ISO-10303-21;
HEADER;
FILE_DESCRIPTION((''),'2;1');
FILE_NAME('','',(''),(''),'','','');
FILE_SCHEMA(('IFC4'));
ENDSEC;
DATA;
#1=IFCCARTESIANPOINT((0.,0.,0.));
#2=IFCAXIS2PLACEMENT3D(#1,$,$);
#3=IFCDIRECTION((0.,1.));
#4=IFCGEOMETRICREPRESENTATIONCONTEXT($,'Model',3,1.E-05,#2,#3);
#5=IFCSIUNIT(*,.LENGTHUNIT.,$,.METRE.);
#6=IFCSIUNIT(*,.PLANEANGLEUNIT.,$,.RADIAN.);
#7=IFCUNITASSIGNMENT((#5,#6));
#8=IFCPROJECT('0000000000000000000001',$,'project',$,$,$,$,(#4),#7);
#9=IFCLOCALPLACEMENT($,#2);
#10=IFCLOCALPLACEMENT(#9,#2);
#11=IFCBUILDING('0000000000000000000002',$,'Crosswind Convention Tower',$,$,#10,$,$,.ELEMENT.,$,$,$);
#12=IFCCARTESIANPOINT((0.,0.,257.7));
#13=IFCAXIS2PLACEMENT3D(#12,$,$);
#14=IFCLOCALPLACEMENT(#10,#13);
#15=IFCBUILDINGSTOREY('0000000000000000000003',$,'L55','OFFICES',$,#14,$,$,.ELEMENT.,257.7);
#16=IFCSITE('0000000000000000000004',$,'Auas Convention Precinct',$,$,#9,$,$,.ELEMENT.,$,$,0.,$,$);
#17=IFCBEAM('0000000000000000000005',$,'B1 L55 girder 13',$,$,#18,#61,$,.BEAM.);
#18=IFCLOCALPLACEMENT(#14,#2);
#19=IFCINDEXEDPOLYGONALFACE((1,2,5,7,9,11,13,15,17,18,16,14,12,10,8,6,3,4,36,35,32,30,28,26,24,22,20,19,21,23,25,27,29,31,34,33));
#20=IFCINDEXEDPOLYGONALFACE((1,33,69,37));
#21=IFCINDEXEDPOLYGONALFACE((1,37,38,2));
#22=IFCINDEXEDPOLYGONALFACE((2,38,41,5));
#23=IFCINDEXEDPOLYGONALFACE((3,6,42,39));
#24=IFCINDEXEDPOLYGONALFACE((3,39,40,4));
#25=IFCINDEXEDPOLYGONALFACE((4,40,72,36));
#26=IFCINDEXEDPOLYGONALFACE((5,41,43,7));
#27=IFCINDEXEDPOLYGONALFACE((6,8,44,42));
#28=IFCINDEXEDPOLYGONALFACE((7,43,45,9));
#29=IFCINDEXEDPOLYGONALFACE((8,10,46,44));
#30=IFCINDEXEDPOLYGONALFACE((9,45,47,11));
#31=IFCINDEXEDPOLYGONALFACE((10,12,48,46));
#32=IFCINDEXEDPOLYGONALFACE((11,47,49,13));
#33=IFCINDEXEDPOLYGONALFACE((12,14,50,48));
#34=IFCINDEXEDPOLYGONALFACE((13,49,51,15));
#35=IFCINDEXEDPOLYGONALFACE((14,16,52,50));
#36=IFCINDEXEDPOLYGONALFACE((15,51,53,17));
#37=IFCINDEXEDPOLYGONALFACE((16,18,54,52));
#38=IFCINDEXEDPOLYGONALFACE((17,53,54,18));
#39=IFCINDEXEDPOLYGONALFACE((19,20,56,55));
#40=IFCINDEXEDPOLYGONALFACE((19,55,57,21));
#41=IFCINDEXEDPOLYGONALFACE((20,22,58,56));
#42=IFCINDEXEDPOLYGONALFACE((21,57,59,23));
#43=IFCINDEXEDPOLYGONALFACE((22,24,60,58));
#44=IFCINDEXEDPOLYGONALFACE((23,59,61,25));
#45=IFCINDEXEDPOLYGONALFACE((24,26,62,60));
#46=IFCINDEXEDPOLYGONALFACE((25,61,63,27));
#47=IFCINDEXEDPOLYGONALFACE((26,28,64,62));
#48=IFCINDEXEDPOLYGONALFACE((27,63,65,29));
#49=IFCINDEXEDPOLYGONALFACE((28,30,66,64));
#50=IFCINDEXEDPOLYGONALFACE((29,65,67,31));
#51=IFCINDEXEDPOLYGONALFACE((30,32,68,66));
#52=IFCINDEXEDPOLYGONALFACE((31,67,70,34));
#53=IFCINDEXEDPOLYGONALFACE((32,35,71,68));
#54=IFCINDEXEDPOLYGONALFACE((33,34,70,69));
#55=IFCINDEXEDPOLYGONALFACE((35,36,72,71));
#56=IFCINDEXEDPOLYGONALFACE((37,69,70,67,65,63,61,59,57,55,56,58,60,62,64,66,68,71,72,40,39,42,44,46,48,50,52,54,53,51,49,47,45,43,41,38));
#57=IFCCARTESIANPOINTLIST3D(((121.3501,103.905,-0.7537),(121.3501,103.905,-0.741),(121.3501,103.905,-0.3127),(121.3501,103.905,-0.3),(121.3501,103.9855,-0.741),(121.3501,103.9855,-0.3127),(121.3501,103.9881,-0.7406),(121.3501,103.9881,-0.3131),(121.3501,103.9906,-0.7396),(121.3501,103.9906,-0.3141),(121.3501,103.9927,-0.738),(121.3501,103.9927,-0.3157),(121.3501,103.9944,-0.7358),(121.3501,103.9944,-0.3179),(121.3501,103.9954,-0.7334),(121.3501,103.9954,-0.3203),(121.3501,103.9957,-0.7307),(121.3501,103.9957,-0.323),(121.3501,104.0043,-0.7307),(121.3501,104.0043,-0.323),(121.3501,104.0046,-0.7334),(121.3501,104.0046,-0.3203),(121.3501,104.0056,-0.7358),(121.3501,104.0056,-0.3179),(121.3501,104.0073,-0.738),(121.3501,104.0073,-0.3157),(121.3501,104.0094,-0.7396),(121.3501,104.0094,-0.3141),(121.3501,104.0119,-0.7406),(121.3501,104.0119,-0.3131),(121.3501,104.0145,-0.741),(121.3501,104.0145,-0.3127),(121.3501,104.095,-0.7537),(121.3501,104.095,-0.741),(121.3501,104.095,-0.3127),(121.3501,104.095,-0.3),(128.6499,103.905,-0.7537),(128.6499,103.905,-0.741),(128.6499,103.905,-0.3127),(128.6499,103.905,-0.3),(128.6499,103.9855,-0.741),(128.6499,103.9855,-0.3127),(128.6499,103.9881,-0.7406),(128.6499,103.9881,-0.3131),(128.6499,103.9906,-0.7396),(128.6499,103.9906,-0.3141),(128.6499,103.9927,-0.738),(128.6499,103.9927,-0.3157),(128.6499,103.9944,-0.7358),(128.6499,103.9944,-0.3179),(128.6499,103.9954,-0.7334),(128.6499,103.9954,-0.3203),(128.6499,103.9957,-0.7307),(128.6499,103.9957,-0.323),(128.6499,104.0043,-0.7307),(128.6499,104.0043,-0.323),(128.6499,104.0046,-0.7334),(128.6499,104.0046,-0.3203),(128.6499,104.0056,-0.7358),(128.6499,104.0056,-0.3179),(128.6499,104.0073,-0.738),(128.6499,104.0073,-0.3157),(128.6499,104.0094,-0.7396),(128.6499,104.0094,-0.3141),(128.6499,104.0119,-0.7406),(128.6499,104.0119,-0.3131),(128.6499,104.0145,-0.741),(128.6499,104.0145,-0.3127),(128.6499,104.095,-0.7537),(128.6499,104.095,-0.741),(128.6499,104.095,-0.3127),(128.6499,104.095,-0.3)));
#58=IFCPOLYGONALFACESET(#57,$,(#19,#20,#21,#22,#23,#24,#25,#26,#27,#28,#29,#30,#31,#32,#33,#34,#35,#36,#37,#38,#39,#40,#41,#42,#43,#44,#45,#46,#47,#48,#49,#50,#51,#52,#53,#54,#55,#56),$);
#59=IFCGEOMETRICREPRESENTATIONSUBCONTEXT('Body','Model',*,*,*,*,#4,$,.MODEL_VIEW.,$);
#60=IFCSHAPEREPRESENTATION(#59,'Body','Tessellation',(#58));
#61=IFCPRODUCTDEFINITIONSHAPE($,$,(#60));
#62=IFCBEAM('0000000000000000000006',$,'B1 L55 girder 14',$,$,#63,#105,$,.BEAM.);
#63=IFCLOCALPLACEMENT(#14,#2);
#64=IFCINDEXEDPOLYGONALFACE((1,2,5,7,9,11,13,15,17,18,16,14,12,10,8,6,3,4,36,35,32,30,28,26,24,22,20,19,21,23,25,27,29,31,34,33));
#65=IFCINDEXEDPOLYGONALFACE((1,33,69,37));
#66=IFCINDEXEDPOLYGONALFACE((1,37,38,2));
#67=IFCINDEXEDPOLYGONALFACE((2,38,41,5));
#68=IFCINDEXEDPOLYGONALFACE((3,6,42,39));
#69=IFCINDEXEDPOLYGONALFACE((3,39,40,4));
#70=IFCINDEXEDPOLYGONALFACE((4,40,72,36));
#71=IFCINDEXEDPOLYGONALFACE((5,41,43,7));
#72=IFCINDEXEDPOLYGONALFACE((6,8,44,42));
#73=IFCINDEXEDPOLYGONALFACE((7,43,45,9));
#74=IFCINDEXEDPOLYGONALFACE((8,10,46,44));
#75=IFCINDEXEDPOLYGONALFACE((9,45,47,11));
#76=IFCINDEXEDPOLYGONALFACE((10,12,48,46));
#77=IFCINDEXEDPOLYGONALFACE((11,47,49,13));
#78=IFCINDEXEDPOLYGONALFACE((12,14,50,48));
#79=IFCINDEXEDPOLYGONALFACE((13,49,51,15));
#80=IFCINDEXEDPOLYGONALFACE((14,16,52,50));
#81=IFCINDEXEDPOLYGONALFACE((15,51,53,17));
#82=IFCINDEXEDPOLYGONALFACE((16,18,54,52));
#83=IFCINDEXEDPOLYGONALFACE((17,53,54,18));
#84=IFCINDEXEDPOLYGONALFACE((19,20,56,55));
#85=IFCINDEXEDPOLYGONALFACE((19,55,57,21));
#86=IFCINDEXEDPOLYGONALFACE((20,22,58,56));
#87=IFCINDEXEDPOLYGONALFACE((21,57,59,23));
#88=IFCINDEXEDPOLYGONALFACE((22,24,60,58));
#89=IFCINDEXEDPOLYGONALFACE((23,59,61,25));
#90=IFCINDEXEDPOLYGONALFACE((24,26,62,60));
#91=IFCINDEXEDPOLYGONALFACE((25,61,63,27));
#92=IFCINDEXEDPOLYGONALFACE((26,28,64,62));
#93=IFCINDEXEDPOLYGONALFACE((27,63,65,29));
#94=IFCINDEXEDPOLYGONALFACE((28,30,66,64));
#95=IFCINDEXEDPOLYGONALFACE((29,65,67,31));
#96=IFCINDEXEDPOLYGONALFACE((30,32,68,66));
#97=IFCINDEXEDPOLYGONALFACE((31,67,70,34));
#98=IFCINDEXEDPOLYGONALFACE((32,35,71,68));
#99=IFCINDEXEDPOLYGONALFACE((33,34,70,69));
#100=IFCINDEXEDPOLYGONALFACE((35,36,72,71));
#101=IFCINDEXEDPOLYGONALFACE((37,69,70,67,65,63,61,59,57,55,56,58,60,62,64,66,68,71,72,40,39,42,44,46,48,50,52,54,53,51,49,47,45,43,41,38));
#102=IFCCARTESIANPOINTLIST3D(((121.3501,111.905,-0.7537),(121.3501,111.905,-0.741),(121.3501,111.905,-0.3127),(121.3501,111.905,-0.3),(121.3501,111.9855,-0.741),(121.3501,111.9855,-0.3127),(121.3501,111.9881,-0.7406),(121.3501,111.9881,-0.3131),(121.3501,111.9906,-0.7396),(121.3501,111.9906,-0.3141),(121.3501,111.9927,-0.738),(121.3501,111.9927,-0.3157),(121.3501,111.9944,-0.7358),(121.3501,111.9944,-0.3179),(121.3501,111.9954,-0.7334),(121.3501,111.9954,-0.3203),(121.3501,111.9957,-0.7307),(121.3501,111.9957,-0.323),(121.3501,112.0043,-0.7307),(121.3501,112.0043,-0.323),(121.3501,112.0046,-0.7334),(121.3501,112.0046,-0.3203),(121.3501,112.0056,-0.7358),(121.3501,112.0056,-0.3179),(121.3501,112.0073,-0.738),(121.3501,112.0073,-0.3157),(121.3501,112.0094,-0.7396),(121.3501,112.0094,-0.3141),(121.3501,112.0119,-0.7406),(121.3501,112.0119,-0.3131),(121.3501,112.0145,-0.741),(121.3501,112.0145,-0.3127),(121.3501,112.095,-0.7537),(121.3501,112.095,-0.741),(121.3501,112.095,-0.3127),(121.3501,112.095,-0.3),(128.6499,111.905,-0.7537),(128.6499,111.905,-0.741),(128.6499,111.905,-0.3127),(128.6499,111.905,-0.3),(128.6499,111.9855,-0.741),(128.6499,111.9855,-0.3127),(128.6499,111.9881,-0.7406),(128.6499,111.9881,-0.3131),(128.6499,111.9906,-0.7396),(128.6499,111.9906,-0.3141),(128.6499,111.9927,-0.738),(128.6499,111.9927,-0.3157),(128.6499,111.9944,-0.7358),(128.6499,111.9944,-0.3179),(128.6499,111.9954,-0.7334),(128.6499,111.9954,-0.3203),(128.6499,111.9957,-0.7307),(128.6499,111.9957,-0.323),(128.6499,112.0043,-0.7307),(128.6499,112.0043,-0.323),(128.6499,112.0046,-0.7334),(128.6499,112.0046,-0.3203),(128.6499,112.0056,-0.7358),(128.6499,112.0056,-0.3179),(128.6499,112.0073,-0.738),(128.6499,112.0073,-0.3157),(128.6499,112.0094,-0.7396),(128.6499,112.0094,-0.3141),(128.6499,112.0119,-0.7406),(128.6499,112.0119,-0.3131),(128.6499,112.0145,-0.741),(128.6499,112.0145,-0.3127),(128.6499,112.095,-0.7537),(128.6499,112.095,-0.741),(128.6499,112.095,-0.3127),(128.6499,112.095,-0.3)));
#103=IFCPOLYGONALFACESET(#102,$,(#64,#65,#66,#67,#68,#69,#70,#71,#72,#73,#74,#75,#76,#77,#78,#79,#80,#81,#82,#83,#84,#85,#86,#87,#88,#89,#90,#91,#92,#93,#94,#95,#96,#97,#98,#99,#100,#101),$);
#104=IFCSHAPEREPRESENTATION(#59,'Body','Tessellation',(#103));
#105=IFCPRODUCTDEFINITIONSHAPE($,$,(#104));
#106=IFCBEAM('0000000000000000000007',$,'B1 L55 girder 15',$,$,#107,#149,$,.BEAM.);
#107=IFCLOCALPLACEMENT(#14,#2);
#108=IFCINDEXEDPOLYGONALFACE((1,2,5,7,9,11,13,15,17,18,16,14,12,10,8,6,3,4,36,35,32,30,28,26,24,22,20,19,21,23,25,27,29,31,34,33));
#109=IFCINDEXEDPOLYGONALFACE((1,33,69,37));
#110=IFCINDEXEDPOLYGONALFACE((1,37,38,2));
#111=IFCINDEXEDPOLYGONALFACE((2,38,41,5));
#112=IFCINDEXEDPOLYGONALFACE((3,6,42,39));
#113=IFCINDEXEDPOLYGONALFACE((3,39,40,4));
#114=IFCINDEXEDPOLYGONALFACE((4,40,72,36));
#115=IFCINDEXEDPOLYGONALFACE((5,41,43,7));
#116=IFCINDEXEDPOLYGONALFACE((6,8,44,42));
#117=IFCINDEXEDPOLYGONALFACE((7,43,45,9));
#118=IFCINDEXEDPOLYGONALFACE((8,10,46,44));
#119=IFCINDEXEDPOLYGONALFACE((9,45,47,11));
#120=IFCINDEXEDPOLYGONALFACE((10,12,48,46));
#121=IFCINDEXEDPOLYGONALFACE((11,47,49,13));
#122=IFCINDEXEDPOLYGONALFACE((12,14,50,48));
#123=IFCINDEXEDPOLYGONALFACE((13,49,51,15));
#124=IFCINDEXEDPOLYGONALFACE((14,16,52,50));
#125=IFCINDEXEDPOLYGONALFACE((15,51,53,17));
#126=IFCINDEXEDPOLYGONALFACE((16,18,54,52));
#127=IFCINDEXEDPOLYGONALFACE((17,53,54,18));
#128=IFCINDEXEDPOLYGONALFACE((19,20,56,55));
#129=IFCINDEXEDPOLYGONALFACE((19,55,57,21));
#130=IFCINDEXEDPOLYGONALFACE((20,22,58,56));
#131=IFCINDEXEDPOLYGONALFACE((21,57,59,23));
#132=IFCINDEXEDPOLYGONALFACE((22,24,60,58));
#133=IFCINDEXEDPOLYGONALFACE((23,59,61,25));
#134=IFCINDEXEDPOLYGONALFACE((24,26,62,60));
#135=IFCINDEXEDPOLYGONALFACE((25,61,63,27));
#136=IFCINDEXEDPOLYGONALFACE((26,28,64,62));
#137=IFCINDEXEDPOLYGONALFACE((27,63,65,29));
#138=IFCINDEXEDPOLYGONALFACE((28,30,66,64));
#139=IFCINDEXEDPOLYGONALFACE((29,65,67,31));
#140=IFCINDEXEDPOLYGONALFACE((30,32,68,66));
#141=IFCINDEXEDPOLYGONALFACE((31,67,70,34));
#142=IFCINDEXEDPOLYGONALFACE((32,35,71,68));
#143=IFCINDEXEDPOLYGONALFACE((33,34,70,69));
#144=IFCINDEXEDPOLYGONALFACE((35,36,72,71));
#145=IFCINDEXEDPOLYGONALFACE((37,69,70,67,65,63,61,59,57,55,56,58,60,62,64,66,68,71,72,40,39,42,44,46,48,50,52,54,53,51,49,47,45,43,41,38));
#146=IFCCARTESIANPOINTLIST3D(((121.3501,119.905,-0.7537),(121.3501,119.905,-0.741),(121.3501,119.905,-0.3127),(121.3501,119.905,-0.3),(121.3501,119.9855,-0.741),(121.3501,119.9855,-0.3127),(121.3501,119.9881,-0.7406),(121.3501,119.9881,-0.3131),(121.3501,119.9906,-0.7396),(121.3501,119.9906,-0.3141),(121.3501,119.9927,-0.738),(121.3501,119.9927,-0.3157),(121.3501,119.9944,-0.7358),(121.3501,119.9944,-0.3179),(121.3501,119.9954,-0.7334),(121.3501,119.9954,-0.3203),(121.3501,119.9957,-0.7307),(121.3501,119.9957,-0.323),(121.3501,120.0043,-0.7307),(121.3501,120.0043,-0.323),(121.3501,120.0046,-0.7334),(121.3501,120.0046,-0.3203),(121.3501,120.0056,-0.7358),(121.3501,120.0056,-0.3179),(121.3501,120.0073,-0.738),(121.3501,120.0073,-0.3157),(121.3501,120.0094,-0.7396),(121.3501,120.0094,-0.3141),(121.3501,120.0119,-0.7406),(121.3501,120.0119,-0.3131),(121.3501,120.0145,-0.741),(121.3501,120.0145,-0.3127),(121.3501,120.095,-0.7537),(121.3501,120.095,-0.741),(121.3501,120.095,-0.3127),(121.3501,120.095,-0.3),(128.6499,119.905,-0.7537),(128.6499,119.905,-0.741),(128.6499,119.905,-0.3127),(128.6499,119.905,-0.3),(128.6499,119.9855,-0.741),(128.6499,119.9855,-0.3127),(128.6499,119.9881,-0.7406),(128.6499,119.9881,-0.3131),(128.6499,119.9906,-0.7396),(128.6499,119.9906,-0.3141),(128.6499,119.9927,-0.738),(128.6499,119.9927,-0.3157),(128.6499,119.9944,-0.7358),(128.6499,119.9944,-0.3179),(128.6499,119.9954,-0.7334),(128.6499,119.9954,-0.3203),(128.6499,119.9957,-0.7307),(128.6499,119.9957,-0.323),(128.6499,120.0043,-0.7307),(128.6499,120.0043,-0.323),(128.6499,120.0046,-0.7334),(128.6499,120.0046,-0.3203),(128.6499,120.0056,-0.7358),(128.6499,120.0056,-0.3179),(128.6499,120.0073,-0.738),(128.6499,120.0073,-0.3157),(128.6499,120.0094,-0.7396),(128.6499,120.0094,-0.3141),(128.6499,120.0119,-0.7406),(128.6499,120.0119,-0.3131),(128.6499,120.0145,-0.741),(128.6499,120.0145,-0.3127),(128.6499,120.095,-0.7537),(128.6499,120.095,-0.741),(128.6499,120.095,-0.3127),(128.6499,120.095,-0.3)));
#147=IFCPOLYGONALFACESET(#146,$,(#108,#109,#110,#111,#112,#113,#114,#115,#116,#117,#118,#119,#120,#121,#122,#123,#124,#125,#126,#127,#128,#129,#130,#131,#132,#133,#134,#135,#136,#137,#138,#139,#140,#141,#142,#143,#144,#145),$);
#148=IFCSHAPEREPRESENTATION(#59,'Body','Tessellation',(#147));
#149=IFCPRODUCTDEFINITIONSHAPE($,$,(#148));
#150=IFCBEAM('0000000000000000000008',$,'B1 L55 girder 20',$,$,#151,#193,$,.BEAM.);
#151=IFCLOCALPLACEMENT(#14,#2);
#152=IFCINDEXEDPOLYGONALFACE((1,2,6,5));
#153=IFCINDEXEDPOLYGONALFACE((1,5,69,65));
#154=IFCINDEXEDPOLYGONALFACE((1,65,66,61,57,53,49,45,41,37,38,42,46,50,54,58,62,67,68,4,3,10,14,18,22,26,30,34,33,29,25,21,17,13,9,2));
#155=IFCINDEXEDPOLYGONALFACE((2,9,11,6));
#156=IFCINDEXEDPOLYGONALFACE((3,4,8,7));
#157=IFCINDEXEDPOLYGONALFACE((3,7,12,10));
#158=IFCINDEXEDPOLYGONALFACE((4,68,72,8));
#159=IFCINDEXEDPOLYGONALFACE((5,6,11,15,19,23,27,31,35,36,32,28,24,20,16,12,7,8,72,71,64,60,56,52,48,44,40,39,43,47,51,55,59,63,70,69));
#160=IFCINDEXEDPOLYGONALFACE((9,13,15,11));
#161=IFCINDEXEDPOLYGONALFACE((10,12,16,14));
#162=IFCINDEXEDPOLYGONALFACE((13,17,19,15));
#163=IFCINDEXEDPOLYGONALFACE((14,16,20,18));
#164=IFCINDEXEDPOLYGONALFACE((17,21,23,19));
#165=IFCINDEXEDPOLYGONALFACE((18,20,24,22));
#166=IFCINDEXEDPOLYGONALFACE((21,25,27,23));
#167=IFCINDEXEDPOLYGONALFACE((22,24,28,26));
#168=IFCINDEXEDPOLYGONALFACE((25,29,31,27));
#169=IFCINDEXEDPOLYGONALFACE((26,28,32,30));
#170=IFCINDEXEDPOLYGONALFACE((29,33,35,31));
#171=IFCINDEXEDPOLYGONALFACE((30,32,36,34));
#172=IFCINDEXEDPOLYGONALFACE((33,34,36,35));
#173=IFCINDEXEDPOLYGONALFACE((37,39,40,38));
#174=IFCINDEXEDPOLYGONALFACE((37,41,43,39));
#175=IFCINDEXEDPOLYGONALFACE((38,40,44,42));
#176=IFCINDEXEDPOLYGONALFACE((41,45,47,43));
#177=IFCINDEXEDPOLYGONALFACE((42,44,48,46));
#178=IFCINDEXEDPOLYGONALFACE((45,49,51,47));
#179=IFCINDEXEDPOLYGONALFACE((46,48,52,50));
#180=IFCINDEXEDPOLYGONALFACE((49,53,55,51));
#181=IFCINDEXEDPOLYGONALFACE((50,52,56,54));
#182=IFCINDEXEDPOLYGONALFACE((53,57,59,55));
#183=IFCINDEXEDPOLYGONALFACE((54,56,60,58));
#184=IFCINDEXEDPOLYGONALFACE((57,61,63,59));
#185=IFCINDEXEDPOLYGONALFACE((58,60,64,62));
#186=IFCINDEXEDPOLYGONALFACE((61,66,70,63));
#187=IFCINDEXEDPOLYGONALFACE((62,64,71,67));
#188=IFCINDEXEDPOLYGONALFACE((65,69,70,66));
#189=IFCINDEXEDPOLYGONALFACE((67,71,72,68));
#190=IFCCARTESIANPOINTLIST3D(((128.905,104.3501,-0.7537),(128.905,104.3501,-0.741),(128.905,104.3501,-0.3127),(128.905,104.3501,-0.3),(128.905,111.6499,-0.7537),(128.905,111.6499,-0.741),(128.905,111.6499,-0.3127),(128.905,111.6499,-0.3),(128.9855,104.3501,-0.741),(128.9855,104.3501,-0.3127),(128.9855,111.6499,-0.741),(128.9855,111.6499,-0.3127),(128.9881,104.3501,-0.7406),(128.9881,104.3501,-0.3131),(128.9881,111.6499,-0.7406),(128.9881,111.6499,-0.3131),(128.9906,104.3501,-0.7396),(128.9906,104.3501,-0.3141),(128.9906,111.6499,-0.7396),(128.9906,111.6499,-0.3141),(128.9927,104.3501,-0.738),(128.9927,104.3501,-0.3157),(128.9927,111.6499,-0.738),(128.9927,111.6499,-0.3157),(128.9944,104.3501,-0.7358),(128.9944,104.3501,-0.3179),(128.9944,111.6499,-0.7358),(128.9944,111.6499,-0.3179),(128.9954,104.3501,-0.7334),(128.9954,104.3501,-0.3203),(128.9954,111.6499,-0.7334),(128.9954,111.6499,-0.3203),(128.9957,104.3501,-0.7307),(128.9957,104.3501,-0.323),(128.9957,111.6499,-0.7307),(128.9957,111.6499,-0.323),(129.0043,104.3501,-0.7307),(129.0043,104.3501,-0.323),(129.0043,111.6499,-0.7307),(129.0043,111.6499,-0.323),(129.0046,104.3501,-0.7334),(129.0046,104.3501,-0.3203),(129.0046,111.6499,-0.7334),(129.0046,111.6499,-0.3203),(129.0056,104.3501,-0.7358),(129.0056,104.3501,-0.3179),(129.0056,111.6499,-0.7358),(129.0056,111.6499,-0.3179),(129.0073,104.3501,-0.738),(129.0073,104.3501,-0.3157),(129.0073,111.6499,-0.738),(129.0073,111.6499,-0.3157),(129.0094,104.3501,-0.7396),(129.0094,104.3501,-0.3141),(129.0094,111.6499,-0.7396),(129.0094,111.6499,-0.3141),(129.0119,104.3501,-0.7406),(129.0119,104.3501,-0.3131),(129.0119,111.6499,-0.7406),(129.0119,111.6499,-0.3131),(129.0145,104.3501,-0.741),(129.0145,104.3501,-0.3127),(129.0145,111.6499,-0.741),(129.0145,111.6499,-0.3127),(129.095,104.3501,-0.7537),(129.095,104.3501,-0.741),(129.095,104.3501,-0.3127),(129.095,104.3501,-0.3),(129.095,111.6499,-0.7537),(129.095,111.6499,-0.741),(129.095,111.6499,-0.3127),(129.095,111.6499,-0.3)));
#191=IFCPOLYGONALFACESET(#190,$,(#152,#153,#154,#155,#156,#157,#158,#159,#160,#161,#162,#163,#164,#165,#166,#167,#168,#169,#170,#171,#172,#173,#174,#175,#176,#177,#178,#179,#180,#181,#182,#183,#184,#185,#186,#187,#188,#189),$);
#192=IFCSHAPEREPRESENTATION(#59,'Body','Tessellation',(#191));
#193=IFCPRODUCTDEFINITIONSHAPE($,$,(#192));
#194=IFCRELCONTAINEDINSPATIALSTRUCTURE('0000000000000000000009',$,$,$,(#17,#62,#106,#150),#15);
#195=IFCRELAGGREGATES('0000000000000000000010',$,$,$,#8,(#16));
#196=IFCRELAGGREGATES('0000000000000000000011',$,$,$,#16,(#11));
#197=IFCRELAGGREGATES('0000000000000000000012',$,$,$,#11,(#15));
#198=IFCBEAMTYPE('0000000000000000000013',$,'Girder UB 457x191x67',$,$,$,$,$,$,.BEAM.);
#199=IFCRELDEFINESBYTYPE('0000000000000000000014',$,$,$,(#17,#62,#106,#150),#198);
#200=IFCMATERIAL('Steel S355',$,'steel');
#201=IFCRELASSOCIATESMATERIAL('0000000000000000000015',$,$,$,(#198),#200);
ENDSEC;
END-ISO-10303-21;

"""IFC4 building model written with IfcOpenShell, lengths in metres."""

from ifc_helpers import new_model, si_unit, direction, frame, origin, origin_2d, place, context, subcontext, project, spatial, i_section, extrude, material, material_profile, profile_set, type_object, element, save


model = new_model("IFC4")

# Units and contexts
model_context = context("Model", 3, precision=1e-05, world=origin(), true_north=direction((0.0, 1.0)))
body_context = subcontext(model_context, "Body", "Model", "MODEL_VIEW")
ifc_project = project(units=[si_unit("LENGTHUNIT", "METRE"), si_unit("PLANEANGLEUNIT", "RADIAN")], contexts=[model_context])

# Site, building, storey
site_placement = place(None, origin())
site = spatial("IfcSite", under=ifc_project, at=site_placement, Name="Auas Convention Precinct", CompositionType="ELEMENT", RefElevation=0.0)
building_placement = place(site_placement, origin())
building = spatial("IfcBuilding", under=site, at=building_placement, Name="Crosswind Convention Tower", CompositionType="ELEMENT")
storey_placement = place(building_placement, frame((0.0, 0.0, 257.7)))
storey = spatial("IfcBuildingStorey", under=building, at=storey_placement, Name="L55", Description="OFFICES", CompositionType="ELEMENT", Elevation=257.7)

# Beams
ifc_material_1 = material(Name="Steel S355", Category="steel")
ifc_material_profile_1 = material_profile(ifc_material_1, i_section(OverallWidth=0.1899, OverallDepth=0.4536, WebThickness=0.0085, FlangeThickness=0.0127, FilletRadius=0.0103, at=origin_2d()), Name="UB 457x191x67")
ifc_profile_set_1 = profile_set([ifc_material_profile_1], Name="Steel S355")
beam_type_1 = type_object("IfcBeamType", Name="Girder UB 457x191x67", PredefinedType="BEAM", material=ifc_profile_set_1)
for number, where, z_axis, x_axis, name in (
    (1, (121.3501, 104.0, -0.5269), (1.0, 0.0, 0.0), (0.0, 1.0, 0.0), "B1 L55 girder 13"),
    (2, (121.3501, 112.0, -0.5269), (1.0, 0.0, 0.0), (0.0, 1.0, 0.0), "B1 L55 girder 14"),
    (3, (121.3501, 120.0, -0.5269), (1.0, 0.0, 0.0), (0.0, 1.0, 0.0), "B1 L55 girder 15"),
    (4, (129.0, 104.3501, -0.5269), (0.0, 1.0, 0.0), (-1.0, 0.0, 0.0), "B1 L55 girder 20"),
):
    element("IfcBeam", number, at=place(storey_placement, frame(where, z_axis=z_axis, x_axis=x_axis)), inside=storey, type_object=beam_type_1, Name=name, PredefinedType="BEAM", context=body_context, shape_type="SweptSolid", body=[
        extrude(i_section(OverallWidth=0.1899, OverallDepth=0.4536, WebThickness=0.0085, FlangeThickness=0.0127, FilletRadius=0.0103, at=origin_2d()), origin(), (0.0, 0.0, 1.0), 7.2998),
    ])

save(model, "model.ifc")
